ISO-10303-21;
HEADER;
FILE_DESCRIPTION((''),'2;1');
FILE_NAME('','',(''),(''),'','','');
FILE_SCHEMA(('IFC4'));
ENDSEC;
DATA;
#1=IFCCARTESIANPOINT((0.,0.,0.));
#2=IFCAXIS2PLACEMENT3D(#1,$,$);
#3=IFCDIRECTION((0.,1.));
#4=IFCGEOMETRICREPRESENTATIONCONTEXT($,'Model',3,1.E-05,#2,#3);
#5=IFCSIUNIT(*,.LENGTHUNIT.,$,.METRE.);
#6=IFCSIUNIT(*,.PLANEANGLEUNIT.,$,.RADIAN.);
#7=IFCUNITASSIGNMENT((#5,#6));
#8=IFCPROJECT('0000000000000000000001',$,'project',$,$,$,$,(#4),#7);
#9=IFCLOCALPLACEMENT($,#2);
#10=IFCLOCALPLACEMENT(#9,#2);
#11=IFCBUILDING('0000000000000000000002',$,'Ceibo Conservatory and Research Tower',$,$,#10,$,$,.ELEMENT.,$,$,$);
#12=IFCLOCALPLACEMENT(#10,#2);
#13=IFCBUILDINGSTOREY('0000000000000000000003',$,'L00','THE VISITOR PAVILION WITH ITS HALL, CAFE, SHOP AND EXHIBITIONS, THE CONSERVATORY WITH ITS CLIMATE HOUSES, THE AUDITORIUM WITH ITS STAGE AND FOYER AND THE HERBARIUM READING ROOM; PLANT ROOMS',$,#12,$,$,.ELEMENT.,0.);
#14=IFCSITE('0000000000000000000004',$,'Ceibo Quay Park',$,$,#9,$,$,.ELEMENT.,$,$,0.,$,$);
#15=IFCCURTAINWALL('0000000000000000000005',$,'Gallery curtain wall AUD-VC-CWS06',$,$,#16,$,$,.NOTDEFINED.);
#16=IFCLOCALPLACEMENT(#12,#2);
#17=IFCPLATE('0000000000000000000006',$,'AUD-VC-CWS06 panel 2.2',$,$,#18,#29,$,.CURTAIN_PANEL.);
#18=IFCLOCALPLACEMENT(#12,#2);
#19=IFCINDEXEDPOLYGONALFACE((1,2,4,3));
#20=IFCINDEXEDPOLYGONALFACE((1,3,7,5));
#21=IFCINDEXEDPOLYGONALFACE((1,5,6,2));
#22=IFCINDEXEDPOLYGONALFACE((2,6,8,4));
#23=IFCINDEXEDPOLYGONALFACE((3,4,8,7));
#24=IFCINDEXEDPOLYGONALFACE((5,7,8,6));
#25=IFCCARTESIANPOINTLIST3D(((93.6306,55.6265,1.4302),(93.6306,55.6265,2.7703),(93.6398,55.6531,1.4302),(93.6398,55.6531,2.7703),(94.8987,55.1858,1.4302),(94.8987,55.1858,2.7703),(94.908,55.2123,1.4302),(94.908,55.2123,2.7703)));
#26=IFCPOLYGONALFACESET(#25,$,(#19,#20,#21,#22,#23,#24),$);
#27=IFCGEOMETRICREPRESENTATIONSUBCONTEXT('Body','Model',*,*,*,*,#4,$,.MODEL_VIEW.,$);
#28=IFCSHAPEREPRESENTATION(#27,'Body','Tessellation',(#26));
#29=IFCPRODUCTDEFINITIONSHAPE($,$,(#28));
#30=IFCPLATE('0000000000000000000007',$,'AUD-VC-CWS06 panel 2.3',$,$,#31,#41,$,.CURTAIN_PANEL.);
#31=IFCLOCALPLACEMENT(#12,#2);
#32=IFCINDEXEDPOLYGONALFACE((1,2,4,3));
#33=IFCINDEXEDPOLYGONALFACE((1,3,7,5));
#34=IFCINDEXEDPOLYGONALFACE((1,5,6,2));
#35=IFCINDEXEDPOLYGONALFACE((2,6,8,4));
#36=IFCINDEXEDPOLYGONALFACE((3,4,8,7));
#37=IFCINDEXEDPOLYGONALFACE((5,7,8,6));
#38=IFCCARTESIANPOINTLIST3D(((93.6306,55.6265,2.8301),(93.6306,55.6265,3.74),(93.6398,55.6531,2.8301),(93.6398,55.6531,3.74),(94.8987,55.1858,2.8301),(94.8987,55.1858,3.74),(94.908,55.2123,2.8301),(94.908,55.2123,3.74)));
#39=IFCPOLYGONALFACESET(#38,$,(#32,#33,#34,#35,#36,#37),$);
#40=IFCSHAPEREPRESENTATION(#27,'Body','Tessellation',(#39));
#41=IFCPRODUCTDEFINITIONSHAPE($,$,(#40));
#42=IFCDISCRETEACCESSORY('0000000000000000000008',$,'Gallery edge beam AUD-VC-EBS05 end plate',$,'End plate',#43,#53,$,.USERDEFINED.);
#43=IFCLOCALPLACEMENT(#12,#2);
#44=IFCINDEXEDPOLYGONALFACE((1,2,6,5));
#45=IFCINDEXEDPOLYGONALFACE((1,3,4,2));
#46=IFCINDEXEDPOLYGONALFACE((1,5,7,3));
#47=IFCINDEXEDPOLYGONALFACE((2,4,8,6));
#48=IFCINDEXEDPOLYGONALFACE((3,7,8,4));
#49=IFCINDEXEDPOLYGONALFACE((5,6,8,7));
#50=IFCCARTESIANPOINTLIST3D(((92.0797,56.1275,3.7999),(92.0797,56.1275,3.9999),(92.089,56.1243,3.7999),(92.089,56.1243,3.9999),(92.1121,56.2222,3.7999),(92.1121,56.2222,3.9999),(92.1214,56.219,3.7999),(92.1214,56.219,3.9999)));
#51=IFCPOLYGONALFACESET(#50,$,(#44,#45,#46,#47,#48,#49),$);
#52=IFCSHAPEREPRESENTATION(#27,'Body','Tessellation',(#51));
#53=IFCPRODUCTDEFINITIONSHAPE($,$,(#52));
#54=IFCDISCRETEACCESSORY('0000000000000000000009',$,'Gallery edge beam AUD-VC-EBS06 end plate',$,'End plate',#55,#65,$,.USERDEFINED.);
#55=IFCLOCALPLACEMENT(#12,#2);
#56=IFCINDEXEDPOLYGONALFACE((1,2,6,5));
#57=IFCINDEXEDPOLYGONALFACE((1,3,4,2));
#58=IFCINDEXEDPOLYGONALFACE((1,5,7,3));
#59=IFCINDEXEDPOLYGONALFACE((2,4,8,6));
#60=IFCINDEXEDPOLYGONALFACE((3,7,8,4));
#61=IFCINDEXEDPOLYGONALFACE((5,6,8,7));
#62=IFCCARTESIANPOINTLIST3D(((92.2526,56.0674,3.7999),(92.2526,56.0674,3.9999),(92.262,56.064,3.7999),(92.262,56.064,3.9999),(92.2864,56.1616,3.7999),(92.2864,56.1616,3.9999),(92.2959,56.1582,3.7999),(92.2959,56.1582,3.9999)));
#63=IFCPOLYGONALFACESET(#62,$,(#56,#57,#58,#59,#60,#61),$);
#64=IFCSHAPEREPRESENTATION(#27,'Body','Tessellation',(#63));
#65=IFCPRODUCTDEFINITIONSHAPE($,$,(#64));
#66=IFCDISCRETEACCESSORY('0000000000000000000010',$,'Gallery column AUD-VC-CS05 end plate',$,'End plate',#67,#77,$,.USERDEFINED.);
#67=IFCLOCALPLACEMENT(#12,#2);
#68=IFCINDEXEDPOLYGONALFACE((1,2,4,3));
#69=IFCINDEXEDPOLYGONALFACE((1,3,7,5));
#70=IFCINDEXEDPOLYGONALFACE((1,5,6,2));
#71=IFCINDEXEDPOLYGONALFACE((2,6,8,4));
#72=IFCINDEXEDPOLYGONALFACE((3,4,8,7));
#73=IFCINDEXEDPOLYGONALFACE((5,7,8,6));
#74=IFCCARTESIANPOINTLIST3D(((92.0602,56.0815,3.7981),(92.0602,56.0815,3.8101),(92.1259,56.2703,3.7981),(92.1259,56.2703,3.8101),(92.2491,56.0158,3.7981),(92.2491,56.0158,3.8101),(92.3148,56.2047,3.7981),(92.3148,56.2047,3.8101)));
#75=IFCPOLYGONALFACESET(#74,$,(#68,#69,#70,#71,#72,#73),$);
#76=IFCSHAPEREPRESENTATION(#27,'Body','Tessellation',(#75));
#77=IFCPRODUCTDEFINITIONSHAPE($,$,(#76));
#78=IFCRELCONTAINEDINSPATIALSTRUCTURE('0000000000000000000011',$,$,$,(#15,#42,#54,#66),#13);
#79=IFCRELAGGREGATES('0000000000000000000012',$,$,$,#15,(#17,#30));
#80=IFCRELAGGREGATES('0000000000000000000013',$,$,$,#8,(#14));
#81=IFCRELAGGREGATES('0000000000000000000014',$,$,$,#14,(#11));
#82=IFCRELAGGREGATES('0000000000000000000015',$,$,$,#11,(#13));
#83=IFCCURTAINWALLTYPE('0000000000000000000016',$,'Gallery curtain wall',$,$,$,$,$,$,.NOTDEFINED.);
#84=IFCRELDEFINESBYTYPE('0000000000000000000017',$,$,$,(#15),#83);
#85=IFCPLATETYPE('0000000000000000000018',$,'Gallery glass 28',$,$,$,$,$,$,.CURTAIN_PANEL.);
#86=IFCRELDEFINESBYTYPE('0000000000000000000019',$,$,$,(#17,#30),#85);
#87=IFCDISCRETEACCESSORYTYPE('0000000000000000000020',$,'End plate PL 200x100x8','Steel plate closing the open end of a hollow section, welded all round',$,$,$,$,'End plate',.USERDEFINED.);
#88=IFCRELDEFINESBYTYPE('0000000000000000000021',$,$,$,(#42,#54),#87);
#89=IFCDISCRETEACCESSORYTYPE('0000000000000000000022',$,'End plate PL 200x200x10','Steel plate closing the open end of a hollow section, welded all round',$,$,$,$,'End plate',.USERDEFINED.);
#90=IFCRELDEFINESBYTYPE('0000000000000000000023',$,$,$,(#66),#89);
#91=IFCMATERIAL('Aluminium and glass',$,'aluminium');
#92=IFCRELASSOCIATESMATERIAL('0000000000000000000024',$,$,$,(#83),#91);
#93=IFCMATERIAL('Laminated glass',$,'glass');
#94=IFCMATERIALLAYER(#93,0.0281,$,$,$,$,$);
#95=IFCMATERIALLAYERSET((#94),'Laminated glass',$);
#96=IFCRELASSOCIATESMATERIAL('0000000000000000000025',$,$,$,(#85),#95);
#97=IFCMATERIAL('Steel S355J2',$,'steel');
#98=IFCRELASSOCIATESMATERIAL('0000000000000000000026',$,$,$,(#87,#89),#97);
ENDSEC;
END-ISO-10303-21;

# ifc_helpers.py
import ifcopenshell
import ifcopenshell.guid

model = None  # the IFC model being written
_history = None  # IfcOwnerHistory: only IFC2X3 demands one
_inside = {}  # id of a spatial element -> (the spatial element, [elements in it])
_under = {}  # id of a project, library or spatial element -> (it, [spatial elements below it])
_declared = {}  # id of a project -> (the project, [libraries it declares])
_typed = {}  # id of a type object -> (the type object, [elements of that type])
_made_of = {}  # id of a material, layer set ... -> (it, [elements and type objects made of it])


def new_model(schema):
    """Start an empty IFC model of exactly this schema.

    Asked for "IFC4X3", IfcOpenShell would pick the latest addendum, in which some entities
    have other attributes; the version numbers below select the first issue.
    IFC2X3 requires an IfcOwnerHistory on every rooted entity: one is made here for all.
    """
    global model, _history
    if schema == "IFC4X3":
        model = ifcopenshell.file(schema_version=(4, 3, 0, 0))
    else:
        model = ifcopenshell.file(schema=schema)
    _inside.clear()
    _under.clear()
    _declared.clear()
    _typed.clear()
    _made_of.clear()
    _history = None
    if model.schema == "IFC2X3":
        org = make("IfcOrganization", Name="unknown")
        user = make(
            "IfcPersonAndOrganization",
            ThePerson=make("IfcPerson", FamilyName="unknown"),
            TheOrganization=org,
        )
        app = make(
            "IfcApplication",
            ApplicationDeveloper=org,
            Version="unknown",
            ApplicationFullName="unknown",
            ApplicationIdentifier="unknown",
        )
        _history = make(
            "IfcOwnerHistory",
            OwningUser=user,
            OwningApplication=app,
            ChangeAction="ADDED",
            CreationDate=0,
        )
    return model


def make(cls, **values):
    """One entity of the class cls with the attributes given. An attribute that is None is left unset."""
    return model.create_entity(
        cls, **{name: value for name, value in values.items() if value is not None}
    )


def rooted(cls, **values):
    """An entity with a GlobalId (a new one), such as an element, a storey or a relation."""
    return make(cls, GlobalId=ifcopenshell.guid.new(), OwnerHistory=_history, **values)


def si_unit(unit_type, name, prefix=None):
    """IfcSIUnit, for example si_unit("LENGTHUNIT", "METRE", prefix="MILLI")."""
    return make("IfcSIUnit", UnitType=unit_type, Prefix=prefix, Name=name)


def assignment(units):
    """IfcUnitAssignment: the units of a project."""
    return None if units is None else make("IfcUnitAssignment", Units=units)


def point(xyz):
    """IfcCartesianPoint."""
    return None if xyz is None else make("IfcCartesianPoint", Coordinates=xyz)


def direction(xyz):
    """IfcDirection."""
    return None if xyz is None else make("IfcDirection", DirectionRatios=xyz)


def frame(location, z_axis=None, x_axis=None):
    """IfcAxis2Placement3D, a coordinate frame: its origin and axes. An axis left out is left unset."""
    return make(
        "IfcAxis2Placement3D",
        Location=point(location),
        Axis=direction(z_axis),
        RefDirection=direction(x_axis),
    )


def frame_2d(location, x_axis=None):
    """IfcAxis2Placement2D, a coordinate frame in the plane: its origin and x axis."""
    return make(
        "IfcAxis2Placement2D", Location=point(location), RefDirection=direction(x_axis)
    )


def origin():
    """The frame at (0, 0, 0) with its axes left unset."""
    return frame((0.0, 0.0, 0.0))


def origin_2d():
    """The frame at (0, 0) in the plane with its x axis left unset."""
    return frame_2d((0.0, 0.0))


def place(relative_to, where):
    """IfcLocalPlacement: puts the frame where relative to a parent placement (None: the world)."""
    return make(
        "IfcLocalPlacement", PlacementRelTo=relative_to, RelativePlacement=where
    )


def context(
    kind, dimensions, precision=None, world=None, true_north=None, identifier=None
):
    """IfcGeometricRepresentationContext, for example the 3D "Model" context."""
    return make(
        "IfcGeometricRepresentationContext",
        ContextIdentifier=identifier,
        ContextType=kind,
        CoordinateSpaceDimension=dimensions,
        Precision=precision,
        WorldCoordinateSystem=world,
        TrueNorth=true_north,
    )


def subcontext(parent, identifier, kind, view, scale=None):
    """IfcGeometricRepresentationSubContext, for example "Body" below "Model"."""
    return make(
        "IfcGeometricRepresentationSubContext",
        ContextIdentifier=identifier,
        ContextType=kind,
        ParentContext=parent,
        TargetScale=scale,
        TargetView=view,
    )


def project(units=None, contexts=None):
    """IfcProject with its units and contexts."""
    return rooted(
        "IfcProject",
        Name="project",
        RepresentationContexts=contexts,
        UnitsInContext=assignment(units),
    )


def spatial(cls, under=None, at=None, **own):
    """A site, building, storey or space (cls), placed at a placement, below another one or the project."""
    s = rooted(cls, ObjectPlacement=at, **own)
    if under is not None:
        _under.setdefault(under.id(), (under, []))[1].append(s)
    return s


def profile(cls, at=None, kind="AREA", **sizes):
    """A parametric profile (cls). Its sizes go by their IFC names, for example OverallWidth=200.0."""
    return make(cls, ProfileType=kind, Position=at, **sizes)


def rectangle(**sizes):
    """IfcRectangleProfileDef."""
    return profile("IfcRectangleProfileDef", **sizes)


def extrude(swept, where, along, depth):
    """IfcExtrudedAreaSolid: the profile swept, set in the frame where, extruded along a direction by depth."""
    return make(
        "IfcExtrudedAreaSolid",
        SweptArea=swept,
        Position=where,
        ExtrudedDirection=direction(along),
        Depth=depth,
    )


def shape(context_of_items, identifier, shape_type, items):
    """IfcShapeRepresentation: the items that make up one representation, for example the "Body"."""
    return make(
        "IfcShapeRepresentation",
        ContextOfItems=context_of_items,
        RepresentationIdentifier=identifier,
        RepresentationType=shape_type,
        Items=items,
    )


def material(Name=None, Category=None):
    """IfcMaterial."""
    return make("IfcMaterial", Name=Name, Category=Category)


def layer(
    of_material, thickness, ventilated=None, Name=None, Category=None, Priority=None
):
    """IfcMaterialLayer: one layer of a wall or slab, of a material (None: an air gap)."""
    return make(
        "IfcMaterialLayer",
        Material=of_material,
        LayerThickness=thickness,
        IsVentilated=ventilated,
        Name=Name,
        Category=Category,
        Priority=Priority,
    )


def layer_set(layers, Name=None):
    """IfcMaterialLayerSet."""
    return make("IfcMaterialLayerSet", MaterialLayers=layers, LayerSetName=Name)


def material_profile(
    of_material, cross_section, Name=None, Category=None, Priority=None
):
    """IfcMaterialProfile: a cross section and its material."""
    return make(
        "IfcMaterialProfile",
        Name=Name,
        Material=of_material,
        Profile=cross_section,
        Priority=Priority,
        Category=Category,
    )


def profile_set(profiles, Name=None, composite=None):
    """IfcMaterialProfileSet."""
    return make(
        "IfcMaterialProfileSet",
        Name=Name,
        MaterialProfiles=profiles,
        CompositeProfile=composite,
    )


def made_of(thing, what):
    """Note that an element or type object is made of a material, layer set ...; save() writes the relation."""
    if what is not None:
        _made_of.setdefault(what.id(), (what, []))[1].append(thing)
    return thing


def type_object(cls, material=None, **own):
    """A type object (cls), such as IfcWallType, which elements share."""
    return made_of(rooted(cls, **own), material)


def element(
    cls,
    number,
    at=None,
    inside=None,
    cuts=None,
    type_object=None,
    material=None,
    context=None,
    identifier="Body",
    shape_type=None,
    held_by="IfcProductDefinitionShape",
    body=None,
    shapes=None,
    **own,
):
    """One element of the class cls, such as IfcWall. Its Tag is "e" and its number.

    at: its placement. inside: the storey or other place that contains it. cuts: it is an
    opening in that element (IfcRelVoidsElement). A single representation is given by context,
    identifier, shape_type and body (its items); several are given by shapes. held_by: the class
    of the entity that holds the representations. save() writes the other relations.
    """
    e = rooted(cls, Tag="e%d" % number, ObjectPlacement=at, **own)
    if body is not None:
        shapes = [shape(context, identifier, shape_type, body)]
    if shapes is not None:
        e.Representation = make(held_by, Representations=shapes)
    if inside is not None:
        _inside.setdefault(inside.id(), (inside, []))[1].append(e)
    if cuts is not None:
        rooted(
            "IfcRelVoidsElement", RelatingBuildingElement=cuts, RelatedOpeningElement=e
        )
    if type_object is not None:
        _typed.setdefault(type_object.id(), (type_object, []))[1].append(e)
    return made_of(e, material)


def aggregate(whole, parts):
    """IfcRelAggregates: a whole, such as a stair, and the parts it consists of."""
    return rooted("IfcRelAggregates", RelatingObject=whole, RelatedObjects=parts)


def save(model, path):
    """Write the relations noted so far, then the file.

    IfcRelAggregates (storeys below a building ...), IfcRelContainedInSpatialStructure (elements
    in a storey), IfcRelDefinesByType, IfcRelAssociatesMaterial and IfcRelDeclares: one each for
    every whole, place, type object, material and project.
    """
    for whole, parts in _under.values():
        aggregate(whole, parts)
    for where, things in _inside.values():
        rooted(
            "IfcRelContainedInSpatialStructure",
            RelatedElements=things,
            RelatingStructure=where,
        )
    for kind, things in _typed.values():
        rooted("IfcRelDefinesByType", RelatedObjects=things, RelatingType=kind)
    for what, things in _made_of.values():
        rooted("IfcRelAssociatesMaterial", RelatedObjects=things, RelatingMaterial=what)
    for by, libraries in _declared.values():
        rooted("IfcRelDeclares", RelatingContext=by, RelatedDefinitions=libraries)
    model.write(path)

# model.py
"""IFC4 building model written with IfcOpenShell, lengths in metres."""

from ifc_helpers import new_model, si_unit, direction, frame, origin, origin_2d, place, context, subcontext, project, spatial, rectangle, extrude, material, layer, layer_set, material_profile, profile_set, type_object, element, aggregate, save


model = new_model("IFC4")

# Units and contexts
model_context = context("Model", 3, precision=1e-05, world=origin(), true_north=direction((0.0, 1.0)))
body_context = subcontext(model_context, "Body", "Model", "MODEL_VIEW")
ifc_project = project(units=[si_unit("LENGTHUNIT", "METRE"), si_unit("PLANEANGLEUNIT", "RADIAN")], contexts=[model_context])

# Site, building, storey
site_placement = place(None, origin())
site = spatial("IfcSite", under=ifc_project, at=site_placement, Name="Ceibo Quay Park", CompositionType="ELEMENT", RefElevation=0.0)
building_placement = place(site_placement, origin())
building = spatial("IfcBuilding", under=site, at=building_placement, Name="Ceibo Conservatory and Research Tower", CompositionType="ELEMENT")
storey_placement = place(building_placement, origin())
storey = spatial("IfcBuildingStorey", under=building, at=storey_placement, Name="L00", Description="THE VISITOR PAVILION WITH ITS HALL, CAFE, SHOP AND EXHIBITIONS, THE CONSERVATORY WITH ITS CLIMATE HOUSES, THE AUDITORIUM WITH ITS STAGE AND FOYER AND THE HERBARIUM READING ROOM; PLANT ROOMS", CompositionType="ELEMENT", Elevation=0.0)

# Shared definitions
ifc_material_1 = material(Name="Aluminium and glass", Category="aluminium")
curtain_wall_type = type_object("IfcCurtainWallType", Name="Gallery curtain wall", PredefinedType="NOTDEFINED", material=ifc_material_1)

# Curtain wall
curtain_wall_1_placement = place(storey_placement, origin())
curtain_wall_1 = element("IfcCurtainWall", 1, at=curtain_wall_1_placement, inside=storey, type_object=curtain_wall_type, Name="Gallery curtain wall AUD-VC-CWS06", PredefinedType="NOTDEFINED")

# Plates
ifc_material_2 = material(Name="Laminated glass", Category="glass")
ifc_layer = layer(ifc_material_2, 0.0281)
ifc_layer_set = layer_set([ifc_layer], Name="Laminated glass")
plate_type = type_object("IfcPlateType", Name="Gallery glass 28", PredefinedType="CURTAIN_PANEL", material=ifc_layer_set)
plate_1_placement = place(storey_placement, frame((94.2693, 55.4194, 1.4302), z_axis=(0.0, 0.0, 1.0), x_axis=(0.944579, -0.328284, 0.0)))
plate_1 = element("IfcPlate", 2, at=plate_1_placement, type_object=plate_type, Name="AUD-VC-CWS06 panel 2.2", PredefinedType="CURTAIN_PANEL", context=body_context, shape_type="SweptSolid", body=[
    extrude(rectangle(XDim=1.3425, YDim=0.0281, at=origin_2d()), origin(), (0.0, 0.0, 1.0), 1.3401),
])
plate_2_placement = place(storey_placement, frame((94.2693, 55.4194, 2.8301), z_axis=(0.0, 0.0, 1.0), x_axis=(0.944579, -0.328284, 0.0)))
plate_2 = element("IfcPlate", 3, at=plate_2_placement, type_object=plate_type, Name="AUD-VC-CWS06 panel 2.3", PredefinedType="CURTAIN_PANEL", context=body_context, shape_type="SweptSolid", body=[
    extrude(rectangle(XDim=1.3425, YDim=0.0281, at=origin_2d()), origin(), (0.0, 0.0, 1.0), 0.9099),
])
aggregate(curtain_wall_1, [plate_1, plate_2])

# Discrete accessories
ifc_material_3 = material(Name="Steel S355J2", Category="steel")
ifc_material_profile_1 = material_profile(ifc_material_3, rectangle(XDim=0.1001, YDim=0.2, at=origin_2d()), Name="End plate PL 200x100x8")
ifc_profile_set_1 = profile_set([ifc_material_profile_1], Name="Steel S355J2")
discrete_accessory_type_1 = type_object("IfcDiscreteAccessoryType", Name="End plate PL 200x100x8", Description="Steel plate closing the open end of a hollow section, welded all round", ElementType="End plate", PredefinedType="USERDEFINED", material=ifc_profile_set_1)
discrete_accessory_1_placement = place(storey_placement, frame((92.0959, 56.1748, 3.8999), z_axis=(0.946164, -0.323688, 0.0), x_axis=(0.323688, 0.946164, 0.0)))
element("IfcDiscreteAccessory", 4, at=discrete_accessory_1_placement, inside=storey, type_object=discrete_accessory_type_1, Name="Gallery edge beam AUD-VC-EBS05 end plate", ObjectType="End plate", PredefinedType="USERDEFINED", context=body_context, shape_type="SweptSolid", body=[
    extrude(rectangle(XDim=0.1001, YDim=0.2, at=origin_2d()), origin(), (0.0, 0.0, 1.0), 0.0098),
])
discrete_accessory_2_placement = place(storey_placement, frame((92.2695, 56.1145, 3.8999), z_axis=(0.941195, -0.337865, 0.0), x_axis=(0.337865, 0.941195, 0.0)))
element("IfcDiscreteAccessory", 5, at=discrete_accessory_2_placement, inside=storey, type_object=discrete_accessory_type_1, Name="Gallery edge beam AUD-VC-EBS06 end plate", ObjectType="End plate", PredefinedType="USERDEFINED", context=body_context, shape_type="SweptSolid", body=[
    extrude(rectangle(XDim=0.1001, YDim=0.2, at=origin_2d()), origin(), (0.0, 0.0, 1.0), 0.01),
])
ifc_material_profile_2 = material_profile(ifc_material_3, rectangle(XDim=0.2, YDim=0.2, at=origin_2d()), Name="End plate PL 200x200x10")
ifc_profile_set_2 = profile_set([ifc_material_profile_2], Name="Steel S355J2")
discrete_accessory_type_2 = type_object("IfcDiscreteAccessoryType", Name="End plate PL 200x200x10", Description="Steel plate closing the open end of a hollow section, welded all round", ElementType="End plate", PredefinedType="USERDEFINED", material=ifc_profile_set_2)
discrete_accessory_3_placement = place(storey_placement, frame((92.1875, 56.1431, 3.7981), z_axis=(0.0, 0.0, 1.0), x_axis=(0.944579, -0.328284, 0.0)))
element("IfcDiscreteAccessory", 6, at=discrete_accessory_3_placement, inside=storey, type_object=discrete_accessory_type_2, Name="Gallery column AUD-VC-CS05 end plate", ObjectType="End plate", PredefinedType="USERDEFINED", context=body_context, shape_type="SweptSolid", body=[
    extrude(rectangle(XDim=0.2, YDim=0.2, at=origin_2d()), origin(), (0.0, 0.0, 1.0), 0.012),
])

save(model, "model.ifc")
